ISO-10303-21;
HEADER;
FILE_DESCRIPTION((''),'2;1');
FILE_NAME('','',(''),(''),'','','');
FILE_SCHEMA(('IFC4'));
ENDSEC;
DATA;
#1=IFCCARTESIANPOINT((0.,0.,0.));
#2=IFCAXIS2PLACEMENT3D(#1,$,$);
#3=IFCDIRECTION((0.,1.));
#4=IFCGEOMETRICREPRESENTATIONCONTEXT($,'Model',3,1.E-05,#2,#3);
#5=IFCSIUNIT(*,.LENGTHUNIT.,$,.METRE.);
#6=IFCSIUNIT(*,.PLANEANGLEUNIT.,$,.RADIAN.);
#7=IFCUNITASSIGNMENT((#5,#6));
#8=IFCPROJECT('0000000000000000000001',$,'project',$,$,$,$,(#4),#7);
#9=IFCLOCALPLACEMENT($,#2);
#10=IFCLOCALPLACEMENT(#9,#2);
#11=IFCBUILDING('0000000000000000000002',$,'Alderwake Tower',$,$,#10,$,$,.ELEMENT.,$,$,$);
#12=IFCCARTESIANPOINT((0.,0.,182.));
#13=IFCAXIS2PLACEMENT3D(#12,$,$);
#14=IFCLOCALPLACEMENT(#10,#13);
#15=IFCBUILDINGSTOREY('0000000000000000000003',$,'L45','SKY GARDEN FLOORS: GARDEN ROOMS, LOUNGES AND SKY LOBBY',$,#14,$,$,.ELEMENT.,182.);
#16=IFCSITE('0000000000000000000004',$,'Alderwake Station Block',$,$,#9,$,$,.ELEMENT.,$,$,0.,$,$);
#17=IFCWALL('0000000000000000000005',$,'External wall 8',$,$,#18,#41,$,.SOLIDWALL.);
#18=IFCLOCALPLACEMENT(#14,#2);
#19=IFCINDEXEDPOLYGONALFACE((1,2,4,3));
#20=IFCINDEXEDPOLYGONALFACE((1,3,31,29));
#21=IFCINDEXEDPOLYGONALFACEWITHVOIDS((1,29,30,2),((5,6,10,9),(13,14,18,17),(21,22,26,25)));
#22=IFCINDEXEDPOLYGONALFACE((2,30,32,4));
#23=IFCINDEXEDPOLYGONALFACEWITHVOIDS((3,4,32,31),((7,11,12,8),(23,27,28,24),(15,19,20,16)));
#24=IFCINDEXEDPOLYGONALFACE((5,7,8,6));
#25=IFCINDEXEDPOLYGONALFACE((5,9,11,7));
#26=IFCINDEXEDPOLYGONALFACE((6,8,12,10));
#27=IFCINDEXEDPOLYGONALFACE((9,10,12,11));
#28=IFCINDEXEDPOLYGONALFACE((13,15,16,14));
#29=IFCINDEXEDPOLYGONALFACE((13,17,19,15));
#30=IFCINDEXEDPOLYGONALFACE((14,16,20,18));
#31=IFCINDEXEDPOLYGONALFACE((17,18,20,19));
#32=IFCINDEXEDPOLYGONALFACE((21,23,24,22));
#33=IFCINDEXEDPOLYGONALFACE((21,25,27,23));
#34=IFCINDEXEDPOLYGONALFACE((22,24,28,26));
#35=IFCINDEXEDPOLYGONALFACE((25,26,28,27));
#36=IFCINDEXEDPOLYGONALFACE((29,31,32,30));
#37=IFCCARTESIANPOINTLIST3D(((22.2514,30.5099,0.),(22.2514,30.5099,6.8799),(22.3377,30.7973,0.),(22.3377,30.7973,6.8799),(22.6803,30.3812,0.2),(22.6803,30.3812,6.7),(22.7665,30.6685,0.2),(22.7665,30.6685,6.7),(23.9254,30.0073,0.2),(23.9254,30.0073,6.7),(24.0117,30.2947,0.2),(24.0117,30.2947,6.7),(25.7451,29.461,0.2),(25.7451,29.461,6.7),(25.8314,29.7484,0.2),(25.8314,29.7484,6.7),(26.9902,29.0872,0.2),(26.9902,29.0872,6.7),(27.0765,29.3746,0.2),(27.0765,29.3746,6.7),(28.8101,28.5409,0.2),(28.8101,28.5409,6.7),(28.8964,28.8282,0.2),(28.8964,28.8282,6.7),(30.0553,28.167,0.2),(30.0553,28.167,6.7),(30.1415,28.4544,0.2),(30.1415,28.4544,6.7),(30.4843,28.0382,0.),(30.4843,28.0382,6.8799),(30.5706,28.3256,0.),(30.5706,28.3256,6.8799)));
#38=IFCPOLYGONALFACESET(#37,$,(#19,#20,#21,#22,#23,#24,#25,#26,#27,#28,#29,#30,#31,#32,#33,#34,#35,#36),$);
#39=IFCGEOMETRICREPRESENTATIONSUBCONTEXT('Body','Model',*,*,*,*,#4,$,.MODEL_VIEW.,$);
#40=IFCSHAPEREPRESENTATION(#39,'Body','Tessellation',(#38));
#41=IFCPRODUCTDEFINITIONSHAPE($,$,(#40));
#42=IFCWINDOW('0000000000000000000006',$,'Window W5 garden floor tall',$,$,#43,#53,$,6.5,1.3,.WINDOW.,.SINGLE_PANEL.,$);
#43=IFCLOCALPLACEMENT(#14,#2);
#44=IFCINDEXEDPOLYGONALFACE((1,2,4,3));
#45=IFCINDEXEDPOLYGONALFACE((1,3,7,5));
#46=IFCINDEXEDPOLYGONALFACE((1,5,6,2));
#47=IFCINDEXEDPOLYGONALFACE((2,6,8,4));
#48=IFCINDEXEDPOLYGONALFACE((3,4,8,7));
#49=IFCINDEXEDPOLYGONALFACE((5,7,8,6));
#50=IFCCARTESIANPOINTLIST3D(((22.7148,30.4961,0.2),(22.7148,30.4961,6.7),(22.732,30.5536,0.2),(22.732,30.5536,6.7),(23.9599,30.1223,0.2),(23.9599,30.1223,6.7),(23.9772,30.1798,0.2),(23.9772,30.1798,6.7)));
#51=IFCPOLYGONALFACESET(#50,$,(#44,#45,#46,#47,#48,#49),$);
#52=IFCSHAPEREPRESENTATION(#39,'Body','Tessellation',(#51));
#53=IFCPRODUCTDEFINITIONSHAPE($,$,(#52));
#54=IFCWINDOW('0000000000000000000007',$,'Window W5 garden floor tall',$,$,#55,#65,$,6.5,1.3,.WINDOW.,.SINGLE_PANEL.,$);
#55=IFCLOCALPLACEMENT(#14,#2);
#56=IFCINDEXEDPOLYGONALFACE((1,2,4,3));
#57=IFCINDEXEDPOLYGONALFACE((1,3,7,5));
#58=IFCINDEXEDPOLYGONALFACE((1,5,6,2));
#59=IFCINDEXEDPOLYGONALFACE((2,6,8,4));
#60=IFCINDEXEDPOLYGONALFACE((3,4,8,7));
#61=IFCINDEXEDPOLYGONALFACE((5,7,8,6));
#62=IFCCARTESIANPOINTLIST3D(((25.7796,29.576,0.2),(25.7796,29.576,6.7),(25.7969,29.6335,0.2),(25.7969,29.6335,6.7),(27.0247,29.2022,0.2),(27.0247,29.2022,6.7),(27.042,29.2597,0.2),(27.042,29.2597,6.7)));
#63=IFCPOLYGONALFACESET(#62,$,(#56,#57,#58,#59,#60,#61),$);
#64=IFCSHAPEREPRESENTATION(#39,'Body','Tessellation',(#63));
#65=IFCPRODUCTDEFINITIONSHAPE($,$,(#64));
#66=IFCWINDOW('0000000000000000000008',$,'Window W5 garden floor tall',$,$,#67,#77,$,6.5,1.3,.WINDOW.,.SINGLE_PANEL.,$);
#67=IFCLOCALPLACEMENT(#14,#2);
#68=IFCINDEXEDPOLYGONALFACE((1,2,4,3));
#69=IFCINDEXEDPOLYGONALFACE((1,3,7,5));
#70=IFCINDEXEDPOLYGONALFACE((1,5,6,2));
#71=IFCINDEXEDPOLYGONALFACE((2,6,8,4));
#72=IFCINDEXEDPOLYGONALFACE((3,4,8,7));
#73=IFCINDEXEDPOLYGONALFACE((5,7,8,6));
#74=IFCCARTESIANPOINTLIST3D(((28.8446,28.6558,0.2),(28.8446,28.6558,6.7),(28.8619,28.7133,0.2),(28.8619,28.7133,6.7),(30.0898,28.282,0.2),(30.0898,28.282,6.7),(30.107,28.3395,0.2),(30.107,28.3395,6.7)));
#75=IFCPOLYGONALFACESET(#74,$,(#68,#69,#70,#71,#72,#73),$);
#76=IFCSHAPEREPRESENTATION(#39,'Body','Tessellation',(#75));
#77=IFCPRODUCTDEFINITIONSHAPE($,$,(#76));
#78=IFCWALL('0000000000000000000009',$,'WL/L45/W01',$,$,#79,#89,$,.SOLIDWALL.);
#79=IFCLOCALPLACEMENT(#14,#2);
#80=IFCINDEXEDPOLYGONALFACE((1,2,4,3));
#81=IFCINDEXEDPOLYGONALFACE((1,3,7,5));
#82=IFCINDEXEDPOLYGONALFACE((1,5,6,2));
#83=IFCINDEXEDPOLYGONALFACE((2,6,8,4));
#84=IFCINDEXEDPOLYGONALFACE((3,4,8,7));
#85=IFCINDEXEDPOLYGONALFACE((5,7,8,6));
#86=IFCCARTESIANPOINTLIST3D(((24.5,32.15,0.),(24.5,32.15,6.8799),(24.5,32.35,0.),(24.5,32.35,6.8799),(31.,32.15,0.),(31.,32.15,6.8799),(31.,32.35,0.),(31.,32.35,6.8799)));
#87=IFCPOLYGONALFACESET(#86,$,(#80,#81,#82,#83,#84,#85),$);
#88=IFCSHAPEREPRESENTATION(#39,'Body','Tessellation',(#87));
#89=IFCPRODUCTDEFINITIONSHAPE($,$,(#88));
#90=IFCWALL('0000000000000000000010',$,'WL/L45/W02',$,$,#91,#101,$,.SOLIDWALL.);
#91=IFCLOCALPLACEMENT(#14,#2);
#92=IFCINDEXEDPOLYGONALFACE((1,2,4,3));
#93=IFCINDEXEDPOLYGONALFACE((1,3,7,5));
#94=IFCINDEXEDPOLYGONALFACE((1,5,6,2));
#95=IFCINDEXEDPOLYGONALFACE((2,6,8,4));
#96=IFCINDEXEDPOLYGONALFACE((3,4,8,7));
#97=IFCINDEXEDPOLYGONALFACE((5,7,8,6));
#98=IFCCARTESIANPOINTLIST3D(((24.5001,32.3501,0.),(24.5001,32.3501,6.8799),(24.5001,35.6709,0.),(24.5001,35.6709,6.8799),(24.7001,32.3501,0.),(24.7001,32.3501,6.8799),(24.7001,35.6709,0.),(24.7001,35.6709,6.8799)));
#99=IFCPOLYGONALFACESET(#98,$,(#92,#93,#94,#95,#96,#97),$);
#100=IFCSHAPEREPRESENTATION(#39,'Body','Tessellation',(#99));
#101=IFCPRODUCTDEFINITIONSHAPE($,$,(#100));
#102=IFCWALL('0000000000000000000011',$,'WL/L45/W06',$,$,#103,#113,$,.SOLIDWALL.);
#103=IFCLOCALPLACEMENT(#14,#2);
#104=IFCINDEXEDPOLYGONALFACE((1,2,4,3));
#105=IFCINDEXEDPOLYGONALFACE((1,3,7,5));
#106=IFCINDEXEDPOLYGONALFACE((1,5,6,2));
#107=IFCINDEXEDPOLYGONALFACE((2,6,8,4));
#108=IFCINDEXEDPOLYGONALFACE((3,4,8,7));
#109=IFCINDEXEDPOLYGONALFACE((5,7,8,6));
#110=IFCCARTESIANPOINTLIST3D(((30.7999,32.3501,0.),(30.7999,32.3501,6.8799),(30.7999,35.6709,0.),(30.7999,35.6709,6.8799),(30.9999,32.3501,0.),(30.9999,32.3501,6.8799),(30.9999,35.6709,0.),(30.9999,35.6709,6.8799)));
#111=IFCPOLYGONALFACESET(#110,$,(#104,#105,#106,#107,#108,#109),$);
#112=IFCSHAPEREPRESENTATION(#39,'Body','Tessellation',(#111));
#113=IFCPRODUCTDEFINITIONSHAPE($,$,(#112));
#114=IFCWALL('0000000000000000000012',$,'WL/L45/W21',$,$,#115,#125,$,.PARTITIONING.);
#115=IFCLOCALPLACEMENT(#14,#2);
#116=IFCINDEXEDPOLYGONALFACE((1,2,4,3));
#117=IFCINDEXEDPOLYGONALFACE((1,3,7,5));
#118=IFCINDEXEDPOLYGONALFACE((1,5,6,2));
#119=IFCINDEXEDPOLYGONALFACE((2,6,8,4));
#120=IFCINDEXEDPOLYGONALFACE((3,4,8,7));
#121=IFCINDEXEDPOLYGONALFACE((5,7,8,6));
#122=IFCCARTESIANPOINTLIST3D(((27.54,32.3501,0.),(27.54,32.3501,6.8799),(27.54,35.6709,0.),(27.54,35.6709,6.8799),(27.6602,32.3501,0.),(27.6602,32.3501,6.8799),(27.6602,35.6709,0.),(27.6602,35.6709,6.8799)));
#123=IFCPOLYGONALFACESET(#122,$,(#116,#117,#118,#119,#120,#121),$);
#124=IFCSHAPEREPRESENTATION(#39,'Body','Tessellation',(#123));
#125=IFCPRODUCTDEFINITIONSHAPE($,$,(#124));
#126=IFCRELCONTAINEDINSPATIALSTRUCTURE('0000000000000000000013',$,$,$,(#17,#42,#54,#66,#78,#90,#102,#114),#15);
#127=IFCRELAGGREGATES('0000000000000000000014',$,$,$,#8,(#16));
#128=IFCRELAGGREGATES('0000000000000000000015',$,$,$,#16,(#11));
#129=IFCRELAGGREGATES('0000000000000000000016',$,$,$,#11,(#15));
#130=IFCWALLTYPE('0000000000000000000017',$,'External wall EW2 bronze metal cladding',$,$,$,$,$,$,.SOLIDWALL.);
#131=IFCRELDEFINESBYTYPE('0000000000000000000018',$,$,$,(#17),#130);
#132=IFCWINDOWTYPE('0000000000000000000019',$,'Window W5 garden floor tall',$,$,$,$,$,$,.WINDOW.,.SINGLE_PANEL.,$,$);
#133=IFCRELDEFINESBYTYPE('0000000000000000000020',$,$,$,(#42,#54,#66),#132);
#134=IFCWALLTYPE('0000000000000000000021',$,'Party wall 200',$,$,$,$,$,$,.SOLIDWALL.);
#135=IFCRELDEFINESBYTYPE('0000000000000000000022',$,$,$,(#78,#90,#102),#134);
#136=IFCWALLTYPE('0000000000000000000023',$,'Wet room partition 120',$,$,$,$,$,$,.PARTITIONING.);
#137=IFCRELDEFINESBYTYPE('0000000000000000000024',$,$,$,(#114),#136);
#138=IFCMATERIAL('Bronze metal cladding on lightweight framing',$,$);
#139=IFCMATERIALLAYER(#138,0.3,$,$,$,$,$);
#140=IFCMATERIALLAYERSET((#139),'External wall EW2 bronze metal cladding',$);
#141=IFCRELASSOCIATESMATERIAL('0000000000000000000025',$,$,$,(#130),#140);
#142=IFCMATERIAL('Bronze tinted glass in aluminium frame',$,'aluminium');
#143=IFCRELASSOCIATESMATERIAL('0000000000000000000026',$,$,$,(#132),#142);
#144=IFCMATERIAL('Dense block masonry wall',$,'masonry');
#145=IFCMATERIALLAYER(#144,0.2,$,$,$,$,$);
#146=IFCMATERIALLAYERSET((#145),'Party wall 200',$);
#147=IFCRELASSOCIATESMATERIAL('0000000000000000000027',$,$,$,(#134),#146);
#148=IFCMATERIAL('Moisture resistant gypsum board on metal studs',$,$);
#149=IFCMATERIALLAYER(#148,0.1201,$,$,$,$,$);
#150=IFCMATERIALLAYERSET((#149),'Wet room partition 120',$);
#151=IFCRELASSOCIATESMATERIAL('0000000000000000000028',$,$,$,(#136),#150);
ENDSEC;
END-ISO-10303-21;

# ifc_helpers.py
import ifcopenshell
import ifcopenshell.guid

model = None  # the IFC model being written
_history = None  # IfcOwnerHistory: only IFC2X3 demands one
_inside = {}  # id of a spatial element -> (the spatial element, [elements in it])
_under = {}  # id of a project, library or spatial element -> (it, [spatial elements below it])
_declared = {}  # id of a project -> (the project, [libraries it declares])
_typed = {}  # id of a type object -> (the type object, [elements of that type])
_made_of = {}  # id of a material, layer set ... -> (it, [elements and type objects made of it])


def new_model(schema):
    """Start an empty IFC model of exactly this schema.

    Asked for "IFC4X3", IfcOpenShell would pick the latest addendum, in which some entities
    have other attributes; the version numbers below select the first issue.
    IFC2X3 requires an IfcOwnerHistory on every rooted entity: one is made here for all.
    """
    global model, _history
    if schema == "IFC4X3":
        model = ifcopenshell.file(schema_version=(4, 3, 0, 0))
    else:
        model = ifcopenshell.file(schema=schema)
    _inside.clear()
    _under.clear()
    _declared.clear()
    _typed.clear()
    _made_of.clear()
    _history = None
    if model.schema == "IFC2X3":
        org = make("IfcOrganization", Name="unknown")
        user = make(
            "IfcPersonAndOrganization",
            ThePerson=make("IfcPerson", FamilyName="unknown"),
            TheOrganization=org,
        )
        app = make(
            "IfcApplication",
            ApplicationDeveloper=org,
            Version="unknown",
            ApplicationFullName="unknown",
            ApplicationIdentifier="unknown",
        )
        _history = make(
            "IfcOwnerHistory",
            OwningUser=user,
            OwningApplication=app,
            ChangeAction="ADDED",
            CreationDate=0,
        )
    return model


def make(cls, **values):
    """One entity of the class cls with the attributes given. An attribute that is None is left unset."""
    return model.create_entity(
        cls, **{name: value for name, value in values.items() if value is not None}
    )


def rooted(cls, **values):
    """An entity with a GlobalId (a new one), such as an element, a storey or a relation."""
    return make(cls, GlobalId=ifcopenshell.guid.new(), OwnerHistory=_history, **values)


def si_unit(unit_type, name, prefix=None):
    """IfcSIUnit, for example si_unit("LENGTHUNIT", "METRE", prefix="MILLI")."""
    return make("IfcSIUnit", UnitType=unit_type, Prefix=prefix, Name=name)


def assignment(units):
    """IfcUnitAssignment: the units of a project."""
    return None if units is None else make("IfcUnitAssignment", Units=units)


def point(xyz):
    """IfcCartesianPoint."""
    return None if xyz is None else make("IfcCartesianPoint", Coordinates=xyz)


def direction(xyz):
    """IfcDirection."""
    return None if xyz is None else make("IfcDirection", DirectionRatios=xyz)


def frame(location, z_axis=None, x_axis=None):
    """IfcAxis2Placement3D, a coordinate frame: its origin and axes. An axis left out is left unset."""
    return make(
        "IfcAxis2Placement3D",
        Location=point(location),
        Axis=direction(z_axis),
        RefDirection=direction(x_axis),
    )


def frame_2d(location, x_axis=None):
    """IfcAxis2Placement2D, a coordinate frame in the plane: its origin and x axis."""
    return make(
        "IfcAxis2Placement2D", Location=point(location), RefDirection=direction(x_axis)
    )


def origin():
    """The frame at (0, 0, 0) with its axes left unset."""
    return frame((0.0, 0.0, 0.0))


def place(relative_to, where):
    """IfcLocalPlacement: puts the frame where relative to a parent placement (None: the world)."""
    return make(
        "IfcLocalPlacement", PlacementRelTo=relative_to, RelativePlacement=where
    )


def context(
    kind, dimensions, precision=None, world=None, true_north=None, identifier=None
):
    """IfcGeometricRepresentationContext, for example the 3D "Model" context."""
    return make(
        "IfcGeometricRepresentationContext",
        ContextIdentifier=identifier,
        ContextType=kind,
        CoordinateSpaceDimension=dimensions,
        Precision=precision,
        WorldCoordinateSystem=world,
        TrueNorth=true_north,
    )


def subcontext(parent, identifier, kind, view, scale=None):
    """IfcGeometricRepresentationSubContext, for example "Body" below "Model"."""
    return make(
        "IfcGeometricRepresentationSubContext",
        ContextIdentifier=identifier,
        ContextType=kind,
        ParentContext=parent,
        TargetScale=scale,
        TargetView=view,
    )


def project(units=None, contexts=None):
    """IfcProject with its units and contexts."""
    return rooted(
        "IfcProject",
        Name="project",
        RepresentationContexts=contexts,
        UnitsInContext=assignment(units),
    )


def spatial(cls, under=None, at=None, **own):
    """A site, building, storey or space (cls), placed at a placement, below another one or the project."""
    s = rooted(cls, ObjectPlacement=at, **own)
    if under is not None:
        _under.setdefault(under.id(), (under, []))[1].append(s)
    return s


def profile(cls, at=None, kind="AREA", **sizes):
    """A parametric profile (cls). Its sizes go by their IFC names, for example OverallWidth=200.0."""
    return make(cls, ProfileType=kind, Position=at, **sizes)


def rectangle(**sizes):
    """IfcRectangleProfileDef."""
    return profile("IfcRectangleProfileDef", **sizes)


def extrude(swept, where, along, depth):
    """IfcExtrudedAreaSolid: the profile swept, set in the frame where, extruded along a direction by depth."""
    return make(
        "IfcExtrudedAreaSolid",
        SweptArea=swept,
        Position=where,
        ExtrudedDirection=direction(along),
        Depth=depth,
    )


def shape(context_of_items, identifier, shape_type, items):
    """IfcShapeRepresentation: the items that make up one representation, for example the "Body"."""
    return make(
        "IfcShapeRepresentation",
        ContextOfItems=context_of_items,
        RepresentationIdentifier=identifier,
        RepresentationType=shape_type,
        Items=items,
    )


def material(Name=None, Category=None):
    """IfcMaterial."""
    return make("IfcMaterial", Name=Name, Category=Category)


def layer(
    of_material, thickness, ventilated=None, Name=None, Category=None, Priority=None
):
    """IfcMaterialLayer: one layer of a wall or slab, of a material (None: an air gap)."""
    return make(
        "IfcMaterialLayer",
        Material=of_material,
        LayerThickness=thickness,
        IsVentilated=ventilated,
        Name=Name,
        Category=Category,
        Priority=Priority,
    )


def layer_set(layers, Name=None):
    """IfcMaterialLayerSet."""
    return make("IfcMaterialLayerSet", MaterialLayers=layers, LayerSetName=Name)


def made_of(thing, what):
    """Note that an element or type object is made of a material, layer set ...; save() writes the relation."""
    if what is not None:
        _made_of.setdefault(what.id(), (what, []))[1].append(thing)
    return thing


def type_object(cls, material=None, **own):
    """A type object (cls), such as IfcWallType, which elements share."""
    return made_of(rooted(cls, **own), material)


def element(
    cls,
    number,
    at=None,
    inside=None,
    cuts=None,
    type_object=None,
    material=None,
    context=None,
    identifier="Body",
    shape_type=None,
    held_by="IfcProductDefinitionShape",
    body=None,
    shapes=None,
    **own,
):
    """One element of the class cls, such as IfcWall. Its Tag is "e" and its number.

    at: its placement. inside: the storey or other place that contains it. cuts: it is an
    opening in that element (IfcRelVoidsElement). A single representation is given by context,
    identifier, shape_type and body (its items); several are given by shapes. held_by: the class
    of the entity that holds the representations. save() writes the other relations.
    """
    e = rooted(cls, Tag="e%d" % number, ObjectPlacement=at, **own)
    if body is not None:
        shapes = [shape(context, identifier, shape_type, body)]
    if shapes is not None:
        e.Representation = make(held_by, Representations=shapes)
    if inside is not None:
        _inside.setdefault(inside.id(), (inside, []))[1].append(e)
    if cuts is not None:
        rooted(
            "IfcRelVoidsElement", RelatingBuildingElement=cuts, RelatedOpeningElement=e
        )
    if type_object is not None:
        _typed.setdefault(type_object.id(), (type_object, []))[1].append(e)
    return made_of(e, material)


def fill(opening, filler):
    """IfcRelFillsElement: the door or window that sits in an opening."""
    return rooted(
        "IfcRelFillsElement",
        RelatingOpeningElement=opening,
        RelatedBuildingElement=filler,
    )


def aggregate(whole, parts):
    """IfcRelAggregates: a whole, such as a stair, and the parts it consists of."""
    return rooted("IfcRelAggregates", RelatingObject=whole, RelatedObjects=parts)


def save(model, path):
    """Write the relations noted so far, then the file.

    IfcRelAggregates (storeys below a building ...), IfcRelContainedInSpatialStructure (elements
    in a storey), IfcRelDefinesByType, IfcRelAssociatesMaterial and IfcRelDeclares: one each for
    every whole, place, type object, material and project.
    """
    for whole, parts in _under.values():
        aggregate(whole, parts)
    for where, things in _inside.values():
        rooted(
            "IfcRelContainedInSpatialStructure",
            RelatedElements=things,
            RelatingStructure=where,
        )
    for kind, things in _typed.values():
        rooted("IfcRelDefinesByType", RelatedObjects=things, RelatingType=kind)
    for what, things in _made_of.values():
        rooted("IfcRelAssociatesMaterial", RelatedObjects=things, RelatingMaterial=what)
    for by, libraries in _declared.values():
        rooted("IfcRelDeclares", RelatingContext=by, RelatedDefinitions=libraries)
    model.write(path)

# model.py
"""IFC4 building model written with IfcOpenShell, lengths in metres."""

from ifc_helpers import new_model, si_unit, direction, frame, frame_2d, origin, place, context, subcontext, project, spatial, rectangle, extrude, material, layer, layer_set, type_object, element, fill, save


model = new_model("IFC4")

# Units and contexts
model_context = context("Model", 3, precision=1e-05, world=origin(), true_north=direction((0.0, 1.0)))
body_context = subcontext(model_context, "Body", "Model", "MODEL_VIEW")
ifc_project = project(units=[si_unit("LENGTHUNIT", "METRE"), si_unit("PLANEANGLEUNIT", "RADIAN")], contexts=[model_context])

# Site, building, storey
site_placement = place(None, origin())
site = spatial("IfcSite", under=ifc_project, at=site_placement, Name="Alderwake Station Block", CompositionType="ELEMENT", RefElevation=0.0)
building_placement = place(site_placement, origin())
building = spatial("IfcBuilding", under=site, at=building_placement, Name="Alderwake Tower", CompositionType="ELEMENT")
storey_placement = place(building_placement, frame((0.0, 0.0, 182.0)))
storey = spatial("IfcBuildingStorey", under=building, at=storey_placement, Name="L45", Description="SKY GARDEN FLOORS: GARDEN ROOMS, LOUNGES AND SKY LOBBY", CompositionType="ELEMENT", Elevation=182.0)

# Shared definitions
ifc_material_1 = material(Name="Bronze metal cladding on lightweight framing")
ifc_layer_1 = layer(ifc_material_1, 0.3)
ifc_layer_set_1 = layer_set([ifc_layer_1], Name="External wall EW2 bronze metal cladding")
wall_type_1 = type_object("IfcWallType", Name="External wall EW2 bronze metal cladding", PredefinedType="SOLIDWALL", material=ifc_layer_set_1)
ifc_material_2 = material(Name="Bronze tinted glass in aluminium frame", Category="aluminium")
window_type = type_object("IfcWindowType", Name="Window W5 garden floor tall", PartitioningType="SINGLE_PANEL", PredefinedType="WINDOW", material=ifc_material_2)

# Wall, openings, windows
wall_1_placement = place(storey_placement, frame((22.2947, 30.6536, 0.0), z_axis=(0.0, 0.0, 1.0), x_axis=(0.957768, -0.287541, 0.0)))
wall_1 = element("IfcWall", 1, at=wall_1_placement, inside=storey, type_object=wall_type_1, Name="External wall 8", PredefinedType="SOLIDWALL", context=body_context, shape_type="SweptSolid", body=[
    extrude(rectangle(XDim=8.5959, YDim=0.3, at=frame_2d((4.2979, 0.0))), origin(), (0.0, 0.0, 1.0), 6.8799),
])
opening_1_placement = place(wall_1_placement, frame((0.4478, 0.0, 0.2)))
opening_1 = element("IfcOpeningElement", 2, at=opening_1_placement, cuts=wall_1, PredefinedType="OPENING", context=body_context, shape_type="SweptSolid", body=[
    extrude(rectangle(XDim=1.3, YDim=6.5, at=frame_2d((0.6499, 3.25))), frame((0.0, 0.1599, 0.0), z_axis=(0.0, -1.0, 0.0), x_axis=(1.0, 0.0, 0.0)), (0.0, 0.0, 1.0), 0.3201),
])
opening_2_placement = place(wall_1_placement, frame((3.6477, 0.0, 0.2)))
opening_2 = element("IfcOpeningElement", 3, at=opening_2_placement, cuts=wall_1, PredefinedType="OPENING", context=body_context, shape_type="SweptSolid", body=[
    extrude(rectangle(XDim=1.3, YDim=6.5, at=frame_2d((0.6499, 3.25))), frame((0.0, 0.1599, 0.0), z_axis=(0.0, -1.0, 0.0), x_axis=(1.0, 0.0, 0.0)), (0.0, 0.0, 1.0), 0.3201),
])
opening_3_placement = place(wall_1_placement, frame((6.8479, 0.0, 0.2)))
opening_3 = element("IfcOpeningElement", 4, at=opening_3_placement, cuts=wall_1, PredefinedType="OPENING", context=body_context, shape_type="SweptSolid", body=[
    extrude(rectangle(XDim=1.3, YDim=6.5, at=frame_2d((0.6499, 3.25))), frame((0.0, 0.1599, 0.0), z_axis=(0.0, -1.0, 0.0), x_axis=(1.0, 0.0, 0.0)), (0.0, 0.0, 1.0), 0.3201),
])
window_1_placement = place(opening_1_placement, origin())
window_1 = element("IfcWindow", 5, at=window_1_placement, inside=storey, type_object=window_type, Name="Window W5 garden floor tall", OverallHeight=6.5, OverallWidth=1.3, PartitioningType="SINGLE_PANEL", PredefinedType="WINDOW", context=body_context, shape_type="SweptSolid", body=[
    extrude(rectangle(XDim=1.3, YDim=6.5, at=frame_2d((0.6499, 3.25))), frame((0.0, 0.03, 0.0), z_axis=(0.0, -1.0, 0.0), x_axis=(1.0, 0.0, 0.0)), (0.0, 0.0, 1.0), 0.0601),
])
fill(opening_1, window_1)
window_2_placement = place(opening_2_placement, origin())
window_2 = element("IfcWindow", 6, at=window_2_placement, inside=storey, type_object=window_type, Name="Window W5 garden floor tall", OverallHeight=6.5, OverallWidth=1.3, PartitioningType="SINGLE_PANEL", PredefinedType="WINDOW", context=body_context, shape_type="SweptSolid", body=[
    extrude(rectangle(XDim=1.3, YDim=6.5, at=frame_2d((0.6499, 3.25))), frame((0.0, 0.03, 0.0), z_axis=(0.0, -1.0, 0.0), x_axis=(1.0, 0.0, 0.0)), (0.0, 0.0, 1.0), 0.0601),
])
fill(opening_2, window_2)
window_3_placement = place(opening_3_placement, origin())
window_3 = element("IfcWindow", 7, at=window_3_placement, inside=storey, type_object=window_type, Name="Window W5 garden floor tall", OverallHeight=6.5, OverallWidth=1.3, PartitioningType="SINGLE_PANEL", PredefinedType="WINDOW", context=body_context, shape_type="SweptSolid", body=[
    extrude(rectangle(XDim=1.3, YDim=6.5, at=frame_2d((0.6499, 3.25))), frame((0.0, 0.03, 0.0), z_axis=(0.0, -1.0, 0.0), x_axis=(1.0, 0.0, 0.0)), (0.0, 0.0, 1.0), 0.0601),
])
fill(opening_3, window_3)

# Walls
ifc_material_3 = material(Name="Dense block masonry wall", Category="masonry")
ifc_layer_2 = layer(ifc_material_3, 0.2)
ifc_layer_set_2 = layer_set([ifc_layer_2], Name="Party wall 200")
wall_type_2 = type_object("IfcWallType", Name="Party wall 200", PredefinedType="SOLIDWALL", material=ifc_layer_set_2)
wall_2_placement = place(storey_placement, frame((24.5, 32.25, 0.0), z_axis=(0.0, 0.0, 1.0), x_axis=(1.0, 0.0, 0.0)))
element("IfcWall", 8, at=wall_2_placement, inside=storey, type_object=wall_type_2, Name="WL/L45/W01", PredefinedType="SOLIDWALL", context=body_context, shape_type="SweptSolid", body=[
    extrude(rectangle(XDim=6.5, YDim=0.2, at=frame_2d((3.25, 0.0))), origin(), (0.0, 0.0, 1.0), 6.8799),
])
for number, where, z_axis, x_axis, name in (
    (9, (24.6001, 35.6709, 0.0), (0.0, 0.0, 1.0), (0.0, -1.0, 0.0), "WL/L45/W02"),
    (10, (30.8999, 32.3501, 0.0), (0.0, 0.0, 1.0), (0.0, 1.0, 0.0), "WL/L45/W06"),
):
    element("IfcWall", number, at=place(storey_placement, frame(where, z_axis=z_axis, x_axis=x_axis)), inside=storey, type_object=wall_type_2, Name=name, PredefinedType="SOLIDWALL", context=body_context, shape_type="SweptSolid", body=[
        extrude(rectangle(XDim=3.3208, YDim=0.2, at=frame_2d((1.6604, 0.0))), origin(), (0.0, 0.0, 1.0), 6.8799),
    ])
ifc_material_4 = material(Name="Moisture resistant gypsum board on metal studs")
ifc_layer_3 = layer(ifc_material_4, 0.1201)
ifc_layer_set_3 = layer_set([ifc_layer_3], Name="Wet room partition 120")
wall_type_3 = type_object("IfcWallType", Name="Wet room partition 120", PredefinedType="PARTITIONING", material=ifc_layer_set_3)
wall_3_placement = place(storey_placement, frame((27.6001, 32.3501, 0.0), z_axis=(0.0, 0.0, 1.0), x_axis=(0.0, 1.0, 0.0)))
element("IfcWall", 11, at=wall_3_placement, inside=storey, type_object=wall_type_3, Name="WL/L45/W21", PredefinedType="PARTITIONING", context=body_context, shape_type="SweptSolid", body=[
    extrude(rectangle(XDim=3.3208, YDim=0.1201, at=frame_2d((1.6604, 0.0))), origin(), (0.0, 0.0, 1.0), 6.8799),
])

save(model, "model.ifc")
